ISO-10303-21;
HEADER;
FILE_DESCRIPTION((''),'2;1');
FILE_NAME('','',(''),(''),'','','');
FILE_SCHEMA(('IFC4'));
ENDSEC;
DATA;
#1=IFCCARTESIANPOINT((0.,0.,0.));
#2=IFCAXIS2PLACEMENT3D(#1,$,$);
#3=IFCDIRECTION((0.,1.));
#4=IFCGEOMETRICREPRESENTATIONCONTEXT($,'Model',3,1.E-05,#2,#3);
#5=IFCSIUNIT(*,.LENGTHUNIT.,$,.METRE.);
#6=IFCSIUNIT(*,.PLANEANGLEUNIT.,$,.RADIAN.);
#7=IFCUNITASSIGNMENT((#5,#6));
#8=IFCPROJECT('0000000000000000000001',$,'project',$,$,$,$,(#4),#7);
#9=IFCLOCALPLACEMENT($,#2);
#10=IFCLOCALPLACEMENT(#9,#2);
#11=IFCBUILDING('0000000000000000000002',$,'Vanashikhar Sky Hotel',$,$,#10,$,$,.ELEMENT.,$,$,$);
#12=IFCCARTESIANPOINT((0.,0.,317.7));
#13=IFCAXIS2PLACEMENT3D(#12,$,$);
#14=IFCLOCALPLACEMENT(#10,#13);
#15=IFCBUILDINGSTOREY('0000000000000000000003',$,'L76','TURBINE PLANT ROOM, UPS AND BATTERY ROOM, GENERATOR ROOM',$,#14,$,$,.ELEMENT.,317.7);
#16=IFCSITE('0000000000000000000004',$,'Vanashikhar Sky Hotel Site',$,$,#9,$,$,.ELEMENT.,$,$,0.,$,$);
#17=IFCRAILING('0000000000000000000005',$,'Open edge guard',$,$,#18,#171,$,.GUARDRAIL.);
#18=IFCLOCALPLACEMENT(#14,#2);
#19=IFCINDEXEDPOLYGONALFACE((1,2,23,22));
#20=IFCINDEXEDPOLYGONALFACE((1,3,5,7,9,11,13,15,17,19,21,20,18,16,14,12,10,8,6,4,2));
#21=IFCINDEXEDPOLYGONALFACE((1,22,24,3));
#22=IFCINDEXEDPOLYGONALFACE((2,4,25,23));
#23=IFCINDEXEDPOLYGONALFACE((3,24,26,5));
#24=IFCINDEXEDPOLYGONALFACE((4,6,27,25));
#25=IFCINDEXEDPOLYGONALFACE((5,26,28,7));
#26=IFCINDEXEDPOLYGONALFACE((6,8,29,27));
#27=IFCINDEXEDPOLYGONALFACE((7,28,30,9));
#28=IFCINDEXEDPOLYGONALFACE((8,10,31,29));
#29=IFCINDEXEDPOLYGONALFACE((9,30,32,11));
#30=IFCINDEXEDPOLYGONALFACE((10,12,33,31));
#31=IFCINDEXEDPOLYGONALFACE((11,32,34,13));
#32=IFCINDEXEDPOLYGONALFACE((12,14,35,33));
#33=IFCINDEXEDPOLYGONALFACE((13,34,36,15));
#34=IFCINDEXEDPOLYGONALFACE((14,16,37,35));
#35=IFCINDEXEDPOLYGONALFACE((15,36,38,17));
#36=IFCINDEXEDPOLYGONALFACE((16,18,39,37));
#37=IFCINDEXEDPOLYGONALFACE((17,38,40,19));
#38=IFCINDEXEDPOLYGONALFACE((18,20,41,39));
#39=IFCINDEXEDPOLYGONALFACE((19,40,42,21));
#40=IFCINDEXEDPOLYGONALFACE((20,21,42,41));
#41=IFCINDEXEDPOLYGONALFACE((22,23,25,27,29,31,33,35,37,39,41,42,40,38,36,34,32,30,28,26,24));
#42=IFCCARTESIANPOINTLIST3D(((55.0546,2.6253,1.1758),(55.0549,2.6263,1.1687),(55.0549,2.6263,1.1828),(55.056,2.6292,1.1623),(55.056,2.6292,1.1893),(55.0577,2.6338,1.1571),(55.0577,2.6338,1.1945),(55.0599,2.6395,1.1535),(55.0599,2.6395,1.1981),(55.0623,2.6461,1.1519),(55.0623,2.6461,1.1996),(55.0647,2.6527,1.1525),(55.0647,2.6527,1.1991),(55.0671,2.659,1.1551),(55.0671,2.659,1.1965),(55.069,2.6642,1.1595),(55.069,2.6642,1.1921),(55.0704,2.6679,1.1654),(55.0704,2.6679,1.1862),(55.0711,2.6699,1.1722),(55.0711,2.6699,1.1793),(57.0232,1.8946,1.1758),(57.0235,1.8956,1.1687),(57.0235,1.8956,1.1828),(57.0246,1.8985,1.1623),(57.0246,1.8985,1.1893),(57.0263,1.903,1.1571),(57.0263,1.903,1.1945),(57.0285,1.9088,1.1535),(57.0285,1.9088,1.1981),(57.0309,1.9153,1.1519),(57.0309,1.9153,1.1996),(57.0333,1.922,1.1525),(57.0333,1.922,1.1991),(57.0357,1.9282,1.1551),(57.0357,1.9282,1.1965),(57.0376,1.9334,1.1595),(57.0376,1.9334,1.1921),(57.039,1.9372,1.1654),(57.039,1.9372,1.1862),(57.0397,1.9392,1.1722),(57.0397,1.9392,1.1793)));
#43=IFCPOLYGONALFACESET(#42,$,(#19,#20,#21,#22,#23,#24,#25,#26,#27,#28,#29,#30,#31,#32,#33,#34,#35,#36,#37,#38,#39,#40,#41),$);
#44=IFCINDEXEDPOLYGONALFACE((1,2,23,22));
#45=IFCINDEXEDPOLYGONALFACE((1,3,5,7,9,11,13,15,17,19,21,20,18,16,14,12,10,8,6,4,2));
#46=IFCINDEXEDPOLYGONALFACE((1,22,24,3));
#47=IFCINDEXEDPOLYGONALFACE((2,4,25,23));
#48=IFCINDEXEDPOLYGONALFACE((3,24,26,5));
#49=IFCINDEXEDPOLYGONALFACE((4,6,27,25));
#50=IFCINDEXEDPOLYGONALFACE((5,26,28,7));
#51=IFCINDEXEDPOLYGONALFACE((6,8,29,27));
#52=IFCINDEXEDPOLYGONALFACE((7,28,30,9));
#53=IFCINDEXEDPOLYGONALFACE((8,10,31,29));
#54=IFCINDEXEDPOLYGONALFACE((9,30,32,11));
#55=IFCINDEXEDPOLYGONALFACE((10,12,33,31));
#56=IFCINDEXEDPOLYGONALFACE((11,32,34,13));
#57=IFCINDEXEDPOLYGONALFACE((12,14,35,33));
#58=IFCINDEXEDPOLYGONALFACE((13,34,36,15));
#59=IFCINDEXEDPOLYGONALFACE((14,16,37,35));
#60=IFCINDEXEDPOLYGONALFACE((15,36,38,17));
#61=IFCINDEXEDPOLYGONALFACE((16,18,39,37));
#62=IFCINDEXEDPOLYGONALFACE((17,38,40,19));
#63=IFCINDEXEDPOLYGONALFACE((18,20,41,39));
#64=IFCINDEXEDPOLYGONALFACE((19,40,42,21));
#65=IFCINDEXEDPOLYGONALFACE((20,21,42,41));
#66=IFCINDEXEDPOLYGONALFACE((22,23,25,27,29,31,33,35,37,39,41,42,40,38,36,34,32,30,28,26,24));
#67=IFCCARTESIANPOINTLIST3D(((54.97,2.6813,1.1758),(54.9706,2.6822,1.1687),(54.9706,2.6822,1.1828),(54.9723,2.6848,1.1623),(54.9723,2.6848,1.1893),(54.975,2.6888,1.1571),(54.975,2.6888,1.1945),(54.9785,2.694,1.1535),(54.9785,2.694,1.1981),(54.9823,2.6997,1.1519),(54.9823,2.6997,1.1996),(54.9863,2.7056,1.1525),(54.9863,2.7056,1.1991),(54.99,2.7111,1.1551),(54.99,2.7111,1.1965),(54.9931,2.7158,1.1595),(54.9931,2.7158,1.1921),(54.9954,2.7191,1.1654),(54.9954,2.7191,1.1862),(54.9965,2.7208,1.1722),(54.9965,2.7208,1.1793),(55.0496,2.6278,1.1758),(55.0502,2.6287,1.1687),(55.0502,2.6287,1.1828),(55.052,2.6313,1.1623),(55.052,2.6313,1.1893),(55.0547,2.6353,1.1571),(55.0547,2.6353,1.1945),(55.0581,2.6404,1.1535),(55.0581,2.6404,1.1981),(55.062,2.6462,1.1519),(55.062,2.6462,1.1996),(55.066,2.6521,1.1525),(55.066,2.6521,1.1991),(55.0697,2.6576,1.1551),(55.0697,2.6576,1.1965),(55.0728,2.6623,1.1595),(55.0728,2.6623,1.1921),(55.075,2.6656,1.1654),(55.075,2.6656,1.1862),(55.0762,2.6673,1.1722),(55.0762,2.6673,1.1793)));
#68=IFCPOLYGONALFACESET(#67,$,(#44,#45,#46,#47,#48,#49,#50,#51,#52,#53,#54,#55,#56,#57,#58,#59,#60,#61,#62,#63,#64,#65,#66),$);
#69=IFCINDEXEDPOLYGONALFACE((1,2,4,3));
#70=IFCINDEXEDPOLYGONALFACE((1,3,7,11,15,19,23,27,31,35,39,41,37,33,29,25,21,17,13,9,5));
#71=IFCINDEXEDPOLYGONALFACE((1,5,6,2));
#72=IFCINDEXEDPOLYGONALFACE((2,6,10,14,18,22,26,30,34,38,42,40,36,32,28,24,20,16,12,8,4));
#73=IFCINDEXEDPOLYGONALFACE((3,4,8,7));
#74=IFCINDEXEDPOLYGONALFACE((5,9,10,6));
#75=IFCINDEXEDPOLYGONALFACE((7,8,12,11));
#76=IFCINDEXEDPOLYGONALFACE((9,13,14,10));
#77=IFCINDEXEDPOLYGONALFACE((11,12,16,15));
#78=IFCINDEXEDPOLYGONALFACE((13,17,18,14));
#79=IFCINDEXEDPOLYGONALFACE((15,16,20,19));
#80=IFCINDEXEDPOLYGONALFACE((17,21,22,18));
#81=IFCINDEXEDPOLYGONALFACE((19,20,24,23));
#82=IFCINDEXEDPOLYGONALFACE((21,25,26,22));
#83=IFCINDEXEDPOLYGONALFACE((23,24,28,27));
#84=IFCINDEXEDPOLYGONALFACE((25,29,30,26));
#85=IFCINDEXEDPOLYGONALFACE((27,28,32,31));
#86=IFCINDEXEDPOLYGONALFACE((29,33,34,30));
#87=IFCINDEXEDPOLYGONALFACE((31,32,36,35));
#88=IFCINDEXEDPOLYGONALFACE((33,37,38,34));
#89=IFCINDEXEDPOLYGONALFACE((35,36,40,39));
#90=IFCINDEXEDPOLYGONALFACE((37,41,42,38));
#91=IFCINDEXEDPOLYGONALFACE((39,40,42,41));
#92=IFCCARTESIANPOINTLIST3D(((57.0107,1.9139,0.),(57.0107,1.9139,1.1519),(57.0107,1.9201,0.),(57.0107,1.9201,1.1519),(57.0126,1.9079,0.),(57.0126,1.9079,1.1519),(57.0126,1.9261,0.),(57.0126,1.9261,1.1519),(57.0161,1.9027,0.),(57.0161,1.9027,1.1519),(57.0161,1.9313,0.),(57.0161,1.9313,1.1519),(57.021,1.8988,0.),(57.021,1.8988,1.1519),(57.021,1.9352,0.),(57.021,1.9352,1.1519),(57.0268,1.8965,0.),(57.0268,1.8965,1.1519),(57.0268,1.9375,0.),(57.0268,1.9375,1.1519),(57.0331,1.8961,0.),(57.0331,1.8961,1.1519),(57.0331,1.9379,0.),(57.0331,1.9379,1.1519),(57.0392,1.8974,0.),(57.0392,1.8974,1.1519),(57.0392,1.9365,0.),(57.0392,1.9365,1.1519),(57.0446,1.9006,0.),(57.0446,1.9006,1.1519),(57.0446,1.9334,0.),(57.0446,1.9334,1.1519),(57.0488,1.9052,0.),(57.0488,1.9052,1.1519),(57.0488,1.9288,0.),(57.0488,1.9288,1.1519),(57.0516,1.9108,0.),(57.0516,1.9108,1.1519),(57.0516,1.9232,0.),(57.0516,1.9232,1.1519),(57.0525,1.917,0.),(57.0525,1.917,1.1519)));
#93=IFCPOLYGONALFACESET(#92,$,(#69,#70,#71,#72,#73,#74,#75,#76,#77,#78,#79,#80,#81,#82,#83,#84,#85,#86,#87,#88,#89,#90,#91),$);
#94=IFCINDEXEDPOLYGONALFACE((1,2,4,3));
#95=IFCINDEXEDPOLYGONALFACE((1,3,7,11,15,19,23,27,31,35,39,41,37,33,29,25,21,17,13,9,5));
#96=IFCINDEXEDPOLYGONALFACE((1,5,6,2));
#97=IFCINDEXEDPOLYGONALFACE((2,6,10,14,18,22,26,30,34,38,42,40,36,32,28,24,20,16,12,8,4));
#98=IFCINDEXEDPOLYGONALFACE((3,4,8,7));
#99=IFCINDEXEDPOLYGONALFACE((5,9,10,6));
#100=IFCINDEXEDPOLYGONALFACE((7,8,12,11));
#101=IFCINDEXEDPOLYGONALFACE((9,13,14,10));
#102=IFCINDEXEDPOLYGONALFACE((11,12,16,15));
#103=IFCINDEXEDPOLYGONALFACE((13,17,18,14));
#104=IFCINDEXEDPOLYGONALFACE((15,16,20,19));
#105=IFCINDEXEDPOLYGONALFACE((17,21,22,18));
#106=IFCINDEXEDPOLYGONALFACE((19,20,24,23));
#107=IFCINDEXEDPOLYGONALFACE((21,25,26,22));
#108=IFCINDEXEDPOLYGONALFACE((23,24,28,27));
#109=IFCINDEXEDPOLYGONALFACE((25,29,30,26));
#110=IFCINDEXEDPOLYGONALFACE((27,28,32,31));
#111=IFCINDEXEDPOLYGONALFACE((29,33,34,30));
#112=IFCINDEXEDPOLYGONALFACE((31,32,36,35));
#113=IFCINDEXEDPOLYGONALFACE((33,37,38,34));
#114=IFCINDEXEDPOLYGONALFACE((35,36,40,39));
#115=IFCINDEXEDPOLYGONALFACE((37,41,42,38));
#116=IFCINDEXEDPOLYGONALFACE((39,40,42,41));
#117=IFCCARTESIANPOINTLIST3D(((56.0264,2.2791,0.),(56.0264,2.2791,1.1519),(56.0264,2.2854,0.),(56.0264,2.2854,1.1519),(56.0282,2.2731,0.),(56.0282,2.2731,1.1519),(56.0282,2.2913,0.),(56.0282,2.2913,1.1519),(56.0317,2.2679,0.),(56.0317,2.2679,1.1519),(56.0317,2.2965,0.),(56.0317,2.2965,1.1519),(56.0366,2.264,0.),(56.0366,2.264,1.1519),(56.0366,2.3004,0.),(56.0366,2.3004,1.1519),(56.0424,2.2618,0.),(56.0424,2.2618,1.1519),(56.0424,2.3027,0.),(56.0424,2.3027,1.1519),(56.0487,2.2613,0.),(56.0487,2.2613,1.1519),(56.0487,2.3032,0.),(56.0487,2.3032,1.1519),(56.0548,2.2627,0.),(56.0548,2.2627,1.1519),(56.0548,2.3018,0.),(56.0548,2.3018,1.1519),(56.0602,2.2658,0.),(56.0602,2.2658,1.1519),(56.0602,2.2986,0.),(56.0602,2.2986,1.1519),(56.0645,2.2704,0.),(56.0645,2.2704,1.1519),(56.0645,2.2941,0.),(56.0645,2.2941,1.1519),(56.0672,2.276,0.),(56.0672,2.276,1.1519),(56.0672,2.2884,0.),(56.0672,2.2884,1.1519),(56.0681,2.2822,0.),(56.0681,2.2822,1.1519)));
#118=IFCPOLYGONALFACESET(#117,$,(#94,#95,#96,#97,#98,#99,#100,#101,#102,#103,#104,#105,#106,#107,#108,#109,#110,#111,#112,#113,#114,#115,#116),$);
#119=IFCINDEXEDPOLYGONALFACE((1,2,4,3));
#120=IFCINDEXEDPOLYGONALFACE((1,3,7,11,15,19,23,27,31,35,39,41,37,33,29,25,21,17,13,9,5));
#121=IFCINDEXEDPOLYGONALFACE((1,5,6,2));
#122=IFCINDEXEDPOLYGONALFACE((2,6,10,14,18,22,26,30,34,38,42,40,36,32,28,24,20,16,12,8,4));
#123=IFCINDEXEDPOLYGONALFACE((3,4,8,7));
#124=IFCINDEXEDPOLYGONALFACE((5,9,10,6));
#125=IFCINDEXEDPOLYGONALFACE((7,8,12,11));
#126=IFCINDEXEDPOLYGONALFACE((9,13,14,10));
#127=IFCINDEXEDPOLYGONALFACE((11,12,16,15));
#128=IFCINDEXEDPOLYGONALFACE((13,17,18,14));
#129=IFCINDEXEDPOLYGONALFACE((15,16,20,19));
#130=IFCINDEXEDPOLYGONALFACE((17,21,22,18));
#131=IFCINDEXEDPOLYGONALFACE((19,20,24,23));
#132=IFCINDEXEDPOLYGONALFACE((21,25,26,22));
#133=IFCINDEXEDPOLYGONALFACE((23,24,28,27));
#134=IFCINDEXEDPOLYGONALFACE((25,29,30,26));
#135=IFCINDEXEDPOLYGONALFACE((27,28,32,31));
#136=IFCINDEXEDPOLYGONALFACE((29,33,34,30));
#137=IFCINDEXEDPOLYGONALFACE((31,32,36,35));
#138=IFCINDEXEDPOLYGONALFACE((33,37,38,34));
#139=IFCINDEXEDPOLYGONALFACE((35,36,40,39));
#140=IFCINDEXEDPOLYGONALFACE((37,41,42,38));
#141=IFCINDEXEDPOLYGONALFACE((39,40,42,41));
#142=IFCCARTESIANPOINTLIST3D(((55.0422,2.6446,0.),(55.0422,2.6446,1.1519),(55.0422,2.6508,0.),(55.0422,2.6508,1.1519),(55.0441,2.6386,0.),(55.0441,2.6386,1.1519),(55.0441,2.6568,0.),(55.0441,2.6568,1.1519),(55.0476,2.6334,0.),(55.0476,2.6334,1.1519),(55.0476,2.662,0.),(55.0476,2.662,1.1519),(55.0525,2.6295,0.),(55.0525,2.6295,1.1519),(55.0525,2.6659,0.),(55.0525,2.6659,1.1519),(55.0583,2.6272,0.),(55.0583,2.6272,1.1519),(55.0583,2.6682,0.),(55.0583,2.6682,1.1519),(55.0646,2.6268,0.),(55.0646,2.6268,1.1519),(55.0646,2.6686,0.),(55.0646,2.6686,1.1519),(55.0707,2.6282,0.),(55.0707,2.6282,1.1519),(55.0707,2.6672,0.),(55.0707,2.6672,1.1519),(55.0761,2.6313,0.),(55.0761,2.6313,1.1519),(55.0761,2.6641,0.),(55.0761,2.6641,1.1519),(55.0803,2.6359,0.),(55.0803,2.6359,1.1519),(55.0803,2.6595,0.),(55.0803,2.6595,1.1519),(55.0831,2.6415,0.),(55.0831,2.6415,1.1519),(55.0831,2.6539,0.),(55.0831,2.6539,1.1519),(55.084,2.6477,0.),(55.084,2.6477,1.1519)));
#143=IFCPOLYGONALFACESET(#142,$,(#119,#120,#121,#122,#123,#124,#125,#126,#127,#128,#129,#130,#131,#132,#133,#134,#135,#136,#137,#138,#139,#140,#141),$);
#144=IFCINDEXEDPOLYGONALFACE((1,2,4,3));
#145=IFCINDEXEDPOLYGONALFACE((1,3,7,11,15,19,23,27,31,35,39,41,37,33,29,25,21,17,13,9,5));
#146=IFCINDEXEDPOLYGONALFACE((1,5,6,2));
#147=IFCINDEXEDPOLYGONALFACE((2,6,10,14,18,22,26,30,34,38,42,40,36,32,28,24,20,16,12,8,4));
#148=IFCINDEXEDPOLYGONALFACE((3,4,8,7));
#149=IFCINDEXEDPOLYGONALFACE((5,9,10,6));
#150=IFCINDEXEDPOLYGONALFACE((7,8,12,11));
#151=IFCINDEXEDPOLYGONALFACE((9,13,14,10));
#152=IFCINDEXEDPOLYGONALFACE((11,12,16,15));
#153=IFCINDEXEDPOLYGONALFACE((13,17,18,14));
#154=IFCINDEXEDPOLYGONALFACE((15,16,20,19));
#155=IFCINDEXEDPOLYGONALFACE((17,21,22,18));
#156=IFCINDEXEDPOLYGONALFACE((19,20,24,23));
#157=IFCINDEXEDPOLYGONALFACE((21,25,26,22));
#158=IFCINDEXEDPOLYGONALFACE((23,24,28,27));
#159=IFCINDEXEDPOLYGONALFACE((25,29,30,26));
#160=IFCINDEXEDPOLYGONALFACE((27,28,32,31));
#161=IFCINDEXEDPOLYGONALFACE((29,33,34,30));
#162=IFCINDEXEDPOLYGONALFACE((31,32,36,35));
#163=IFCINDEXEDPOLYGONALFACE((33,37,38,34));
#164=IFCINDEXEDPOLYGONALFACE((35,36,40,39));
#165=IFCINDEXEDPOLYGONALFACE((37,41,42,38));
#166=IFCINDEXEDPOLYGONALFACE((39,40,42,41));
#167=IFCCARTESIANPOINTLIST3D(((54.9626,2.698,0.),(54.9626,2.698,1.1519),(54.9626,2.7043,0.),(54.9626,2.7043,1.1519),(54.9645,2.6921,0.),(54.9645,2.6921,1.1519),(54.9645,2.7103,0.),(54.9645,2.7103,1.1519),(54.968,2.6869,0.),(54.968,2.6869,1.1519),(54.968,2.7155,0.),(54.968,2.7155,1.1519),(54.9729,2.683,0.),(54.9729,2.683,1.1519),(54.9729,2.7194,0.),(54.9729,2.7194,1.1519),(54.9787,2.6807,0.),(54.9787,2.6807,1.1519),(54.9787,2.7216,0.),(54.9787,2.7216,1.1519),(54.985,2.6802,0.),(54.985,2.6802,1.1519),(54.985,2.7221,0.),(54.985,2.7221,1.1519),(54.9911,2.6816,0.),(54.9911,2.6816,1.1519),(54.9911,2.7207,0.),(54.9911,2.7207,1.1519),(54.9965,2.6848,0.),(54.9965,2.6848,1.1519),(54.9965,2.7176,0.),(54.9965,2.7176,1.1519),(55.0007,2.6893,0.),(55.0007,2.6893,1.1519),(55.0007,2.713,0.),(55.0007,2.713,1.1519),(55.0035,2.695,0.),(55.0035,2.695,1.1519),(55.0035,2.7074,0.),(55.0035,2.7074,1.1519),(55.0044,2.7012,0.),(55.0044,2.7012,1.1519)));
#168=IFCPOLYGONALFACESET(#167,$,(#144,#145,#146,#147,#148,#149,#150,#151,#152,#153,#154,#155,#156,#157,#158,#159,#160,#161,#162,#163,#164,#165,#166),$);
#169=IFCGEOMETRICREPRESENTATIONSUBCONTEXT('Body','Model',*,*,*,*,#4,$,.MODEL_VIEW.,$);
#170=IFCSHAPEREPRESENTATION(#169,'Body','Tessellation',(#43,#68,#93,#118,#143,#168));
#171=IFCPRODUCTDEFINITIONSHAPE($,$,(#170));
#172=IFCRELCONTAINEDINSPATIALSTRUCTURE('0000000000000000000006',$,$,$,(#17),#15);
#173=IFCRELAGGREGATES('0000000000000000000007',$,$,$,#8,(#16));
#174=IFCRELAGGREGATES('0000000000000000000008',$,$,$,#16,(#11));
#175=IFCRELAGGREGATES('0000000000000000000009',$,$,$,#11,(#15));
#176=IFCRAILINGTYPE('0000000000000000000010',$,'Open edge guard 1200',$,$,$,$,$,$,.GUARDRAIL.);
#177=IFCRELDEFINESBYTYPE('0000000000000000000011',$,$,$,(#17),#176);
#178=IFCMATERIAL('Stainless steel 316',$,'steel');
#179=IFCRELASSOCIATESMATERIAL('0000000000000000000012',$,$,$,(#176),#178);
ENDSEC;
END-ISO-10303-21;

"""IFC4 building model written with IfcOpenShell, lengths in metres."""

from ifc_helpers import new_model, si_unit, direction, frame, origin, origin_2d, place, context, subcontext, project, spatial, circle, extrude, source, transform, mapped, material, type_object, element, save


model = new_model("IFC4")

# Units and contexts
model_context = context("Model", 3, precision=1e-05, world=origin(), true_north=direction((0.0, 1.0)))
body_context = subcontext(model_context, "Body", "Model", "MODEL_VIEW")
ifc_project = project(units=[si_unit("LENGTHUNIT", "METRE"), si_unit("PLANEANGLEUNIT", "RADIAN")], contexts=[model_context])

# Site, building, storey
site_placement = place(None, origin())
site = spatial("IfcSite", under=ifc_project, at=site_placement, Name="Vanashikhar Sky Hotel Site", CompositionType="ELEMENT", RefElevation=0.0)
building_placement = place(site_placement, origin())
building = spatial("IfcBuilding", under=site, at=building_placement, Name="Vanashikhar Sky Hotel", CompositionType="ELEMENT")
storey_placement = place(building_placement, frame((0.0, 0.0, 317.7)))
storey = spatial("IfcBuildingStorey", under=building, at=storey_placement, Name="L76", Description="TURBINE PLANT ROOM, UPS AND BATTERY ROOM, GENERATOR ROOM", CompositionType="ELEMENT", Elevation=317.7)

# Railing
ifc_material_1 = material(Name="Stainless steel 316", Category="steel")
railing_type = type_object("IfcRailingType", Name="Open edge guard 1200", PredefinedType="GUARDRAIL", material=ifc_material_1)
shared_shape_1 = source(origin(), body_context, "Body", "SweptSolid", [
    extrude(circle(Radius=0.0239, at=origin_2d()), frame((0.0, 0.0, 1.1758), z_axis=(-0.937495, 0.348, 0.0), x_axis=(-0.348, -0.937495, 0.0)), (0.0, 0.0, 1.0), 2.0999),
    extrude(circle(Radius=0.0239, at=origin_2d()), frame((-1.9685, 0.7307, 1.1758), z_axis=(-0.830086, 0.557635, 0.0), x_axis=(-0.557635, -0.830086, 0.0)), (0.0, 0.0, 1.0), 0.0959),
    extrude(circle(Radius=0.021, at=origin_2d()), origin(), (0.0, 0.0, 1.0), 1.1519),
    extrude(circle(Radius=0.021, at=origin_2d()), frame((-0.9844, 0.3652, 0.0)), (0.0, 0.0, 1.0), 1.1519),
    extrude(circle(Radius=0.021, at=origin_2d()), frame((-1.9685, 0.7307, 0.0)), (0.0, 0.0, 1.0), 1.1519),
    extrude(circle(Radius=0.021, at=origin_2d()), frame((-2.0481, 0.7842, 0.0)), (0.0, 0.0, 1.0), 1.1519),
])
railing_1_placement = place(storey_placement, frame((57.0315, 1.917, 0.0)))
element("IfcRailing", 1, at=railing_1_placement, inside=storey, type_object=railing_type, Name="Open edge guard", PredefinedType="GUARDRAIL", context=body_context, shape_type="MappedRepresentation", body=[
    mapped(shared_shape_1, transform((0.0, 0.0, 0.0), scale=1.0)),
])

save(model, "model.ifc")
